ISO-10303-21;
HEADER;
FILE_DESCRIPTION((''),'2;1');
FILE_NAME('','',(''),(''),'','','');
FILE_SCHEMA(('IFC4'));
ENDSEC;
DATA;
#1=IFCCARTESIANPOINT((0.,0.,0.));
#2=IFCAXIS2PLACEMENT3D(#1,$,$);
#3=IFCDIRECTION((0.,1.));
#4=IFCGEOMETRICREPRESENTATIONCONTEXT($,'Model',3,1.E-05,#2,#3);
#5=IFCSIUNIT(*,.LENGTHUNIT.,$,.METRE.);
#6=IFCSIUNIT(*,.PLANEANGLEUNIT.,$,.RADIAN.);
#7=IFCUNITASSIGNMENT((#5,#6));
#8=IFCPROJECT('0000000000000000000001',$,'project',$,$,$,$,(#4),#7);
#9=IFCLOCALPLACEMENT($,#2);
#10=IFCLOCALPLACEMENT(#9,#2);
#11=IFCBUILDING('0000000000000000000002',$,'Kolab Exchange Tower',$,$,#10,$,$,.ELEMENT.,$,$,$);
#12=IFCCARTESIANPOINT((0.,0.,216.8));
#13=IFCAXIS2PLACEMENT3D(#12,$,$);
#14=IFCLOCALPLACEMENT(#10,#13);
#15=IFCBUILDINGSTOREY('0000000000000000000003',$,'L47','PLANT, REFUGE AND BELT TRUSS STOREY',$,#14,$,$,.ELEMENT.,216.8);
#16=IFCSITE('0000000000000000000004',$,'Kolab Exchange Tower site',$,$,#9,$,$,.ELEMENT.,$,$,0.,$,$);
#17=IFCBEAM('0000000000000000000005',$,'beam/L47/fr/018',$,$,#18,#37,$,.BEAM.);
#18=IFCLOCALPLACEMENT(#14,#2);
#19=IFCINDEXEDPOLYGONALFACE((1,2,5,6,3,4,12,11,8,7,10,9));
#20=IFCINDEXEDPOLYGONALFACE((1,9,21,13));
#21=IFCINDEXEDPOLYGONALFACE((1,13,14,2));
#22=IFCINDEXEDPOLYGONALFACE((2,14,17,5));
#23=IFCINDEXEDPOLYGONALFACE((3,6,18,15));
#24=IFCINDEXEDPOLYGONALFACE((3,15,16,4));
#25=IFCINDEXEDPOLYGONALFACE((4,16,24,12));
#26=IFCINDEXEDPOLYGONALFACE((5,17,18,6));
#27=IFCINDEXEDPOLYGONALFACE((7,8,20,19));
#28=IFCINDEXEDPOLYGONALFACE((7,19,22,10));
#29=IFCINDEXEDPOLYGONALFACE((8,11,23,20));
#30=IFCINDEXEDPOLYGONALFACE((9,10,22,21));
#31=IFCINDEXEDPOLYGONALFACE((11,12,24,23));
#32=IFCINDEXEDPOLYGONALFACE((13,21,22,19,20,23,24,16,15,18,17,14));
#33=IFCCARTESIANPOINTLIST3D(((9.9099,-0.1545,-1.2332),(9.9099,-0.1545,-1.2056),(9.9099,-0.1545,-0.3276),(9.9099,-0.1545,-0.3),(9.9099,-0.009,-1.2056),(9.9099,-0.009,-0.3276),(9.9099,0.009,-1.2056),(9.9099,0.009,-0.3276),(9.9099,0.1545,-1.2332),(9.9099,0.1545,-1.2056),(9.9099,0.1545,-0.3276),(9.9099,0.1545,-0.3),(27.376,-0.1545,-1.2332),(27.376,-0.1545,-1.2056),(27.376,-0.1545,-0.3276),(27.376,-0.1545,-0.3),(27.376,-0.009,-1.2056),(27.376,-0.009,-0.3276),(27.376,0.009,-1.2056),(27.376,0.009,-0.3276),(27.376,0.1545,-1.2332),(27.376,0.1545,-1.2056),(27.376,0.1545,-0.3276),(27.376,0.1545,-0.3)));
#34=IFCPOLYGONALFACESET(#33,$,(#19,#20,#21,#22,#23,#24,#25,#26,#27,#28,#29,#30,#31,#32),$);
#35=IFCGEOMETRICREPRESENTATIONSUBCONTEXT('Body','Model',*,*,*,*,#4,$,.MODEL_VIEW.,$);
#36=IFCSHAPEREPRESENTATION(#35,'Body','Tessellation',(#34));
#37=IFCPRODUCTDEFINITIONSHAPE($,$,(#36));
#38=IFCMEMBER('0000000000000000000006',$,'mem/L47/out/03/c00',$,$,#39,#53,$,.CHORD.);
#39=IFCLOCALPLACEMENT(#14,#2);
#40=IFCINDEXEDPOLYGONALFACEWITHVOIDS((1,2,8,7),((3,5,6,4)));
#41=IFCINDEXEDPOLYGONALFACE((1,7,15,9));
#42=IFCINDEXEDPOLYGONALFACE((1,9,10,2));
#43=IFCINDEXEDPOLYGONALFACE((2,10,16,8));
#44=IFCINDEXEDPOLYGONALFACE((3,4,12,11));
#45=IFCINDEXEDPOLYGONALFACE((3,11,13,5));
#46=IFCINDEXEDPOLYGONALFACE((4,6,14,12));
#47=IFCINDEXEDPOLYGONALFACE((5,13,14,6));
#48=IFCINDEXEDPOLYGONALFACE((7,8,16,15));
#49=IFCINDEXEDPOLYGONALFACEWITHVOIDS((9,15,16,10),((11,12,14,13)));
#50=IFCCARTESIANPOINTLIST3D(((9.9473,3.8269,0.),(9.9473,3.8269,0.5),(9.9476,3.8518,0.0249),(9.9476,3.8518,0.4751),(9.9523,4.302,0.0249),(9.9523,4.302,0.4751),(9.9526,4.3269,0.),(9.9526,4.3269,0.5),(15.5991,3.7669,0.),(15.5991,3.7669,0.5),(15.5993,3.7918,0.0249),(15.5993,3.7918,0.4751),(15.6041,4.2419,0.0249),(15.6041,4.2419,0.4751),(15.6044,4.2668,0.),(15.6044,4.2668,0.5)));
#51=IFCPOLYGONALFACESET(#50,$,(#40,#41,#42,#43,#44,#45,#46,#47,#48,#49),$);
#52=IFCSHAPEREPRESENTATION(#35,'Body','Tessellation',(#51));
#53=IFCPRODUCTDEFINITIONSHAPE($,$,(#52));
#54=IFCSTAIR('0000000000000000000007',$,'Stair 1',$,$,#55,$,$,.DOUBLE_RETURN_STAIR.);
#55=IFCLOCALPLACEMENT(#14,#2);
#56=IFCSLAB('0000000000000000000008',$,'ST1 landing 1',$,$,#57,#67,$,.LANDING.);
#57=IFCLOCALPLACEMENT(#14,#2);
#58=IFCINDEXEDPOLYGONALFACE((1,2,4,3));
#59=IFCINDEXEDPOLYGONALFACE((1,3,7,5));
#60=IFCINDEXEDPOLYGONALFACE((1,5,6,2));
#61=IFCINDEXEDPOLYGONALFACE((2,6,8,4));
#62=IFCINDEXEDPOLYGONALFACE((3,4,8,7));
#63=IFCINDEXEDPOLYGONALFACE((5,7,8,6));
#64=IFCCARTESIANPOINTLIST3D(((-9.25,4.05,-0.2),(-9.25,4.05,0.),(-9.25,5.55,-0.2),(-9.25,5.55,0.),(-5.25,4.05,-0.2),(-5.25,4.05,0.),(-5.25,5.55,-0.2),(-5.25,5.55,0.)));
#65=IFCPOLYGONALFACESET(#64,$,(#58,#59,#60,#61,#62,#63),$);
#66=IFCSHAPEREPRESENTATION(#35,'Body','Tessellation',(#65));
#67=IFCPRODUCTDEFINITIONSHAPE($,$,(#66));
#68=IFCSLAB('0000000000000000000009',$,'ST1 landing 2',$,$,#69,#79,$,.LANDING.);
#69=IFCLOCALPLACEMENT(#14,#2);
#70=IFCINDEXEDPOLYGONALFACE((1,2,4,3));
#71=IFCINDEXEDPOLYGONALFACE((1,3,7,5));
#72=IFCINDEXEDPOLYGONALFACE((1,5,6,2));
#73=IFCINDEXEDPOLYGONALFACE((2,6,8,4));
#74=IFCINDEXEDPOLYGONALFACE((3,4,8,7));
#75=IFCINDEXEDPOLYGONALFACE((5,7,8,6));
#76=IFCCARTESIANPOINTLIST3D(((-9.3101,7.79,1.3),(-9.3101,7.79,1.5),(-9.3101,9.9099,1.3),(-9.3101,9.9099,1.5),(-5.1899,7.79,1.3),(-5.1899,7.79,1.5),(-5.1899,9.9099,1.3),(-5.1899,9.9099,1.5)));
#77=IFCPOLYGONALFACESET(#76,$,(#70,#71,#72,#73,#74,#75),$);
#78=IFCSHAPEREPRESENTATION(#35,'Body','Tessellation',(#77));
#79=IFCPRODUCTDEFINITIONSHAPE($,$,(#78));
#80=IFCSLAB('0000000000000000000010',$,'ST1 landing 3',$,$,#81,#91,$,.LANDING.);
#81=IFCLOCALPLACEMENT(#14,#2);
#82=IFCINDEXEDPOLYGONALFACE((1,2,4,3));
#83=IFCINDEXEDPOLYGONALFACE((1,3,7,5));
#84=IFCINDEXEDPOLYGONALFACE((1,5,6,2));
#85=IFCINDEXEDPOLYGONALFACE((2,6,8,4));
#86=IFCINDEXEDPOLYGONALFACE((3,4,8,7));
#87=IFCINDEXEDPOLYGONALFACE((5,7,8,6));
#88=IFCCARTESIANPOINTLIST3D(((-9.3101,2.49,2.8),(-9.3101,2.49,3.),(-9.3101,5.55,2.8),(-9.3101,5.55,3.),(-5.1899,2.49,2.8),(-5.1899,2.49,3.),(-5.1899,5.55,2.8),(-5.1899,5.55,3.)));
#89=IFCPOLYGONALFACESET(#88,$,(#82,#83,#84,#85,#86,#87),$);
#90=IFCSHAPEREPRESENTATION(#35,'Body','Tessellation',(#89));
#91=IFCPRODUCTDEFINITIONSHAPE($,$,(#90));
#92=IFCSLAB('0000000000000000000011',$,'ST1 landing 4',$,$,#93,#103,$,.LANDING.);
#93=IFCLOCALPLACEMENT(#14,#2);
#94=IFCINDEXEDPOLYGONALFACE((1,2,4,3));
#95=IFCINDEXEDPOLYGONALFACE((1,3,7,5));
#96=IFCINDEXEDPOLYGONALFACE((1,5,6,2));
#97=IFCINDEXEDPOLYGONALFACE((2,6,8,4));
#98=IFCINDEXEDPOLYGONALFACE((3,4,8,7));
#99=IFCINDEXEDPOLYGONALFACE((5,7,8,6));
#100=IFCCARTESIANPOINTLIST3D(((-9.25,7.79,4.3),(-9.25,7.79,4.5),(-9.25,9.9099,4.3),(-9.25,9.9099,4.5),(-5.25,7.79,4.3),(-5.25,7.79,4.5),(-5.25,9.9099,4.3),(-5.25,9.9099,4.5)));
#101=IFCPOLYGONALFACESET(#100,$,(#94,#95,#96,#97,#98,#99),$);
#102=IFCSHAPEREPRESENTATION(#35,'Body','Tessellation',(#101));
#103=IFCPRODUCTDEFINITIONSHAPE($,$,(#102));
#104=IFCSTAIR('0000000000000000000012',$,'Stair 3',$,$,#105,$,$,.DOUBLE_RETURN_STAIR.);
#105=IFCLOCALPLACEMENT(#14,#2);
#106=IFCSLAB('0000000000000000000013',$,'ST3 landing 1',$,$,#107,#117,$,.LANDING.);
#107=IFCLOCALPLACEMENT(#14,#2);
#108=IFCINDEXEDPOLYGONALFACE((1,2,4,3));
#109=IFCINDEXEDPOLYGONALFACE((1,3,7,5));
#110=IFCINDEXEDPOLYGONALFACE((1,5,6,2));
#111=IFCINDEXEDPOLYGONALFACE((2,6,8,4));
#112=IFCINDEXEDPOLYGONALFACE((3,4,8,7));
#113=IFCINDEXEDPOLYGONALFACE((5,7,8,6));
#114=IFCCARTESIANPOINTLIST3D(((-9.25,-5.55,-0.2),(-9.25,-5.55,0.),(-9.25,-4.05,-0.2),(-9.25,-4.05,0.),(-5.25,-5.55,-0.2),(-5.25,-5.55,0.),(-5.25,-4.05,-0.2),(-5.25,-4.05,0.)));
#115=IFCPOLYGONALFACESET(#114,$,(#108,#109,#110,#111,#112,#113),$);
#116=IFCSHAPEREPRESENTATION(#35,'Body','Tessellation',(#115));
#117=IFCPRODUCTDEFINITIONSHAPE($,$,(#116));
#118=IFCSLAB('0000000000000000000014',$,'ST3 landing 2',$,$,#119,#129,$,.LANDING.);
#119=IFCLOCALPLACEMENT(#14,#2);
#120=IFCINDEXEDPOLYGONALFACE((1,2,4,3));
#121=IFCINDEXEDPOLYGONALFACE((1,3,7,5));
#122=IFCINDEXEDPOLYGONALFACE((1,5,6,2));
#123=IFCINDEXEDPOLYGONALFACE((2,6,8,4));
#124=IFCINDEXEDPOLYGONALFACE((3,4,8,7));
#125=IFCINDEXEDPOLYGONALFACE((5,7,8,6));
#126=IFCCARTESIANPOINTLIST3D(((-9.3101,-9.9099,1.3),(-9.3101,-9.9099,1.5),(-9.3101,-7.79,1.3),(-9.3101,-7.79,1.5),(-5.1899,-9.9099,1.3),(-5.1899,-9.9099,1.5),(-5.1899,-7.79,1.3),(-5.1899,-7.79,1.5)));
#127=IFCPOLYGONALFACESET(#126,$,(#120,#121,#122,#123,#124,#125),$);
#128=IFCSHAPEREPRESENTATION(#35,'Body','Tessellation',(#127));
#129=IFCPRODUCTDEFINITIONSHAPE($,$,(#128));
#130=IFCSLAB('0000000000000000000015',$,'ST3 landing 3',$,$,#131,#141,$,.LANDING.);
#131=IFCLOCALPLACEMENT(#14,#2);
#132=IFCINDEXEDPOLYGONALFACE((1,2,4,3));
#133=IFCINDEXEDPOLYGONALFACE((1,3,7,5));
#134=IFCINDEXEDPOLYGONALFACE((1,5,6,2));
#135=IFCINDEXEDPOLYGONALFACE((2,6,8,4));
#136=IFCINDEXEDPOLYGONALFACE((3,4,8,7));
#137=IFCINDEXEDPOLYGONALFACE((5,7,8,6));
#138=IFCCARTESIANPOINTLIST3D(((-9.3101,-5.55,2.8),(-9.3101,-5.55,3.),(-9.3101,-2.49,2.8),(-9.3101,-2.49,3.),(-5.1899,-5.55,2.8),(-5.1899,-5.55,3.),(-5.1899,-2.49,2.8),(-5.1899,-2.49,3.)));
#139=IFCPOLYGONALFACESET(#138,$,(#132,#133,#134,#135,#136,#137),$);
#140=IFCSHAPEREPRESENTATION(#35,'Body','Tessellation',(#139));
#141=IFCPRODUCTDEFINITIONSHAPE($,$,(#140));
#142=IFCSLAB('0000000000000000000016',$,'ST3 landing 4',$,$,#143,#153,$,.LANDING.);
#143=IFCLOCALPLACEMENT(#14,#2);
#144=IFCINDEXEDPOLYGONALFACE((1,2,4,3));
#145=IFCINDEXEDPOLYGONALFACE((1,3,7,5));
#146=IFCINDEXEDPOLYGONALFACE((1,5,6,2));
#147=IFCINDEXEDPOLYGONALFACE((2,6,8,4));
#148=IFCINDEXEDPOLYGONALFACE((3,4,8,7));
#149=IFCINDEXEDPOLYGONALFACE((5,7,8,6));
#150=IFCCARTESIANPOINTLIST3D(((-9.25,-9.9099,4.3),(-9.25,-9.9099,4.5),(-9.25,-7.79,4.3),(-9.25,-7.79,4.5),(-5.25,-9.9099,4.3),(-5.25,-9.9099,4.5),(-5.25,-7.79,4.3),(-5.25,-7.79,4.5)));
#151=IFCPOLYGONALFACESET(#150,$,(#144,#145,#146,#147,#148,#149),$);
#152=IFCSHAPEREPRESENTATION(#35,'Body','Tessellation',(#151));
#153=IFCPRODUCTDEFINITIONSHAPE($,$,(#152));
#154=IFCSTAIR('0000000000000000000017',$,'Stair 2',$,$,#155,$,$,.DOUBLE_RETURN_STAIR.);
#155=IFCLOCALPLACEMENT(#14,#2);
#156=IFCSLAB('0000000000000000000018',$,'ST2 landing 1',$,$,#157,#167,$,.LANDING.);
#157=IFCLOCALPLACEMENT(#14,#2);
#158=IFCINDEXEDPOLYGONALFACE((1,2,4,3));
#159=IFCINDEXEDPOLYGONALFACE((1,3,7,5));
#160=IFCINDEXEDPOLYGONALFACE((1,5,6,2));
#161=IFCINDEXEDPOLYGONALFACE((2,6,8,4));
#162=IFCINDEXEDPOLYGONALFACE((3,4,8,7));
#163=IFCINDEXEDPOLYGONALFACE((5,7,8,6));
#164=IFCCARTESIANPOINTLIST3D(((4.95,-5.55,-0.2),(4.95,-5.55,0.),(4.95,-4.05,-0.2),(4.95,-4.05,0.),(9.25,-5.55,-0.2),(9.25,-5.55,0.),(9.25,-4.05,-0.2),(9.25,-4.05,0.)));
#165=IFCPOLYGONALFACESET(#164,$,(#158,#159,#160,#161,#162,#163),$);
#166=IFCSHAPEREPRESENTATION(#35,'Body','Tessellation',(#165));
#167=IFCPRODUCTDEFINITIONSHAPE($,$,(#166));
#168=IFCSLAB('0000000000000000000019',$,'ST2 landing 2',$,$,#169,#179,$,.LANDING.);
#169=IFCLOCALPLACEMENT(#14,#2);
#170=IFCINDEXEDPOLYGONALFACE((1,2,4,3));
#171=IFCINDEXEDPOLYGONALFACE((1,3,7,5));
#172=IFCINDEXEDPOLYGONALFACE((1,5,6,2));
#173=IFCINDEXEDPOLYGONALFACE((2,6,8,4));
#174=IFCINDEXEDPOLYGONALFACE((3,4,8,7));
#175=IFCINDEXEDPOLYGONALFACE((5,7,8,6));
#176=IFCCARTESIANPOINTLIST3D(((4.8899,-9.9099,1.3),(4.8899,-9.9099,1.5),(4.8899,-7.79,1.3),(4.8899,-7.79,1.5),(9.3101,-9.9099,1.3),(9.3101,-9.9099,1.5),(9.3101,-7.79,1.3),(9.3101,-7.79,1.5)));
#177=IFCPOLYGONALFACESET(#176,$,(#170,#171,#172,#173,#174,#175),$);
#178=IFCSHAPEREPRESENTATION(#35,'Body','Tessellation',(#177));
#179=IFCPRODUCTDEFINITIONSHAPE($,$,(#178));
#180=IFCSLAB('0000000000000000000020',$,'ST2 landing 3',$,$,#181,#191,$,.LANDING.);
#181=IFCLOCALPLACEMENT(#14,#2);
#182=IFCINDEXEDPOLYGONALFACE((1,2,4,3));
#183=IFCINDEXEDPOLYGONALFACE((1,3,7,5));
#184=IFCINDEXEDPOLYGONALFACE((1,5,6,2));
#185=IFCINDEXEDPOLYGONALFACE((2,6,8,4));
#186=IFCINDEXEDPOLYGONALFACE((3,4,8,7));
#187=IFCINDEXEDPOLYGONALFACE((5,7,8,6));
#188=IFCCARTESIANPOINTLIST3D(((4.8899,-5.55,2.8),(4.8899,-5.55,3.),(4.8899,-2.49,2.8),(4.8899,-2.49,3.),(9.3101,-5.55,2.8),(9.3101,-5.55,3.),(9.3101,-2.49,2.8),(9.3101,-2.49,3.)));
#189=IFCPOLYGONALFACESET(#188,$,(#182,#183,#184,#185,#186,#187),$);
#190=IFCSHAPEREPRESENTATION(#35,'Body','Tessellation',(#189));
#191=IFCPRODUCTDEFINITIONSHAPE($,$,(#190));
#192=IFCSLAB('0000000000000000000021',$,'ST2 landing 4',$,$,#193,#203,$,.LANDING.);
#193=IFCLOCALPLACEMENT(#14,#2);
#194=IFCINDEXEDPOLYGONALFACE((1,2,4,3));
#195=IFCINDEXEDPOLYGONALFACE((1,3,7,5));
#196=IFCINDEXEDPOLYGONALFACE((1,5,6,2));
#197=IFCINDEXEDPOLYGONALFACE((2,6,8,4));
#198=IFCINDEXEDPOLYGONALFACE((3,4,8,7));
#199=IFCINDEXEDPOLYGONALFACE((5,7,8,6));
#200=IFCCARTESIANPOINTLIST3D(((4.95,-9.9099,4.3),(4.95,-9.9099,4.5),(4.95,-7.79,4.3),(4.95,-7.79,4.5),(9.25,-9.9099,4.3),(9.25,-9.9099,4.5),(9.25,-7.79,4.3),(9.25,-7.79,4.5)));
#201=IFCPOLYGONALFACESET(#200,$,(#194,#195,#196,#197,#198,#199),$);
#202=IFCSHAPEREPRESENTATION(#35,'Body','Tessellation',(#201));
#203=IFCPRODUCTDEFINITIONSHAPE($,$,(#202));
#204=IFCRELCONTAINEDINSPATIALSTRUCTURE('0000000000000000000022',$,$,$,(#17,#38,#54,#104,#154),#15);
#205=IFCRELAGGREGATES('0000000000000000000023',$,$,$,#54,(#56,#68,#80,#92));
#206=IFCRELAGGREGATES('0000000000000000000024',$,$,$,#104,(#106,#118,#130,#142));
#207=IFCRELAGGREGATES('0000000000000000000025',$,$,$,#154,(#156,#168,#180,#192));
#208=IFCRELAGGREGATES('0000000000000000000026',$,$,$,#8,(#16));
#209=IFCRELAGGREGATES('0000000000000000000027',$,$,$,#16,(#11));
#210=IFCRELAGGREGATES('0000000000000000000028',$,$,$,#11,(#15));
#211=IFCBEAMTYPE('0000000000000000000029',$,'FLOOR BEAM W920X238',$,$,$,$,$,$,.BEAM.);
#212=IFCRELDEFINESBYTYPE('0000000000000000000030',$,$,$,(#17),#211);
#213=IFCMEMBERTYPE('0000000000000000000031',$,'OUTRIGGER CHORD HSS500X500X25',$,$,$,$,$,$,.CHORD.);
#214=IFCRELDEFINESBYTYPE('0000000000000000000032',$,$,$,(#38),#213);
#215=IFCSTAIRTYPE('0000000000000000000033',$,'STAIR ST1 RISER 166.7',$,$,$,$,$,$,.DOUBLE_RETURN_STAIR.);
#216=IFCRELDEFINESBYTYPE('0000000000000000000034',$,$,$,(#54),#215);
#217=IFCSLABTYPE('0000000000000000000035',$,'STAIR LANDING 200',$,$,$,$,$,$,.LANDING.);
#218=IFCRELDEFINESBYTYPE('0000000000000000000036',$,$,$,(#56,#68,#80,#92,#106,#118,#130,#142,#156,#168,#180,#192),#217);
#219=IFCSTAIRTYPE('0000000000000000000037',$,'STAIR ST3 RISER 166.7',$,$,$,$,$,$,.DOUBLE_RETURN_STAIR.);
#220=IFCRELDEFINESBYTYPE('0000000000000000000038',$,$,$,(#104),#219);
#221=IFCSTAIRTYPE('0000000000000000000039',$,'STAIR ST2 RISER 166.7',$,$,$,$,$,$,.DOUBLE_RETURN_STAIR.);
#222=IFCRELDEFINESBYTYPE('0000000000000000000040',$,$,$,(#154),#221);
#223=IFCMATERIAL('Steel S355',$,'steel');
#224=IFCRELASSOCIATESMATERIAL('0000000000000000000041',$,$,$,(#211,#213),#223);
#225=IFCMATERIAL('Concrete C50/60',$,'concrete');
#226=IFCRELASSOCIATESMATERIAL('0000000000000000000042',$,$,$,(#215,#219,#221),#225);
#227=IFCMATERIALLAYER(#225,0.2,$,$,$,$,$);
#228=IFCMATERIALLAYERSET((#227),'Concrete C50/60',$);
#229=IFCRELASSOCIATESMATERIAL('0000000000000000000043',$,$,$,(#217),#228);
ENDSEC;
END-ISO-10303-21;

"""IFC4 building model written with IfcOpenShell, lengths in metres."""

from ifc_helpers import new_model, si_unit, direction, frame, origin, origin_2d, place, context, subcontext, project, spatial, polyline, hollow_rectangle, i_section, outline, extrude, material, layer, layer_set, material_profile, profile_set, type_object, element, aggregate, save


model = new_model("IFC4")

# Units and contexts
model_context = context("Model", 3, precision=1e-05, world=origin(), true_north=direction((0.0, 1.0)))
body_context = subcontext(model_context, "Body", "Model", "MODEL_VIEW")
ifc_project = project(units=[si_unit("LENGTHUNIT", "METRE"), si_unit("PLANEANGLEUNIT", "RADIAN")], contexts=[model_context])

# Site, building, storey
site_placement = place(None, origin())
site = spatial("IfcSite", under=ifc_project, at=site_placement, Name="Kolab Exchange Tower site", CompositionType="ELEMENT", RefElevation=0.0)
building_placement = place(site_placement, origin())
building = spatial("IfcBuilding", under=site, at=building_placement, Name="Kolab Exchange Tower", CompositionType="ELEMENT")
storey_placement = place(building_placement, frame((0.0, 0.0, 216.8)))
storey = spatial("IfcBuildingStorey", under=building, at=storey_placement, Name="L47", Description="PLANT, REFUGE AND BELT TRUSS STOREY", CompositionType="ELEMENT", Elevation=216.8)

# Beam
ifc_material_1 = material(Name="Steel S355", Category="steel")
ifc_material_profile_1 = material_profile(ifc_material_1, i_section(OverallWidth=0.3091, OverallDepth=0.9331, WebThickness=0.0181, FlangeThickness=0.0276, at=origin_2d()), Name="W920X238")
ifc_profile_set_1 = profile_set([ifc_material_profile_1], Name="Steel S355")
beam_type = type_object("IfcBeamType", Name="FLOOR BEAM W920X238", PredefinedType="BEAM", material=ifc_profile_set_1)
beam_placement = place(storey_placement, frame((9.9099, 0.0, -0.7666), z_axis=(1.0, 0.0, 0.0), x_axis=(0.0, 1.0, 0.0)))
element("IfcBeam", 1, at=beam_placement, inside=storey, type_object=beam_type, Name="beam/L47/fr/018", PredefinedType="BEAM", context=body_context, shape_type="SweptSolid", body=[
    extrude(i_section(OverallWidth=0.3091, OverallDepth=0.9331, WebThickness=0.0181, FlangeThickness=0.0276, at=origin_2d()), origin(), (0.0, 0.0, 1.0), 17.4661),
])

# Member
ifc_material_profile_2 = material_profile(ifc_material_1, hollow_rectangle(XDim=0.5, YDim=0.5, WallThickness=0.0249, at=origin_2d()), Name="HSS500X500X25")
ifc_profile_set_2 = profile_set([ifc_material_profile_2], Name="Steel S355")
member_type = type_object("IfcMemberType", Name="OUTRIGGER CHORD HSS500X500X25", PredefinedType="CHORD", material=ifc_profile_set_2)
member_placement = place(storey_placement, frame((9.95, 4.0769, 0.25), z_axis=(0.999944, -0.010626, 0.0), x_axis=(0.010626, 0.999944, 0.0)))
element("IfcMember", 2, at=member_placement, inside=storey, type_object=member_type, Name="mem/L47/out/03/c00", PredefinedType="CHORD", context=body_context, shape_type="SweptSolid", body=[
    extrude(hollow_rectangle(XDim=0.5, YDim=0.5, WallThickness=0.0249, at=origin_2d()), origin(), (0.0, 0.0, 1.0), 5.6521),
])

# Stairs, slabs
ifc_material_2 = material(Name="Concrete C50/60", Category="concrete")
stair_type_1 = type_object("IfcStairType", Name="STAIR ST1 RISER 166.7", PredefinedType="DOUBLE_RETURN_STAIR", material=ifc_material_2)
stair_1_placement = place(storey_placement, origin())
stair_1 = element("IfcStair", 3, at=stair_1_placement, inside=storey, type_object=stair_type_1, Name="Stair 1", PredefinedType="DOUBLE_RETURN_STAIR")
ifc_layer_1 = layer(ifc_material_2, 0.2)
ifc_layer_set_1 = layer_set([ifc_layer_1], Name="Concrete C50/60")
slab_type = type_object("IfcSlabType", Name="STAIR LANDING 200", PredefinedType="LANDING", material=ifc_layer_set_1)
slab_1_placement = place(storey_placement, frame((0.0, 0.0, -0.2)))
slab_1 = element("IfcSlab", 4, at=slab_1_placement, type_object=slab_type, Name="ST1 landing 1", PredefinedType="LANDING", context=body_context, shape_type="SweptSolid", body=[
    extrude(outline(polyline([(-9.25, 4.05), (-5.25, 4.05), (-5.25, 5.55), (-9.25, 5.55), (-9.25, 4.05)])), origin(), (0.0, 0.0, 1.0), 0.2),
])
slab_2_placement = place(storey_placement, frame((0.0, 0.0, 1.3)))
slab_2 = element("IfcSlab", 5, at=slab_2_placement, type_object=slab_type, Name="ST1 landing 2", PredefinedType="LANDING", context=body_context, shape_type="SweptSolid", body=[
    extrude(outline(polyline([(-9.3101, 7.79), (-5.1899, 7.79), (-5.1899, 9.9099), (-9.3101, 9.9099), (-9.3101, 7.79)])), origin(), (0.0, 0.0, 1.0), 0.2),
])
slab_3_placement = place(storey_placement, frame((0.0, 0.0, 2.8)))
slab_3 = element("IfcSlab", 6, at=slab_3_placement, type_object=slab_type, Name="ST1 landing 3", PredefinedType="LANDING", context=body_context, shape_type="SweptSolid", body=[
    extrude(outline(polyline([(-9.3101, 2.49), (-5.1899, 2.49), (-5.1899, 5.55), (-9.3101, 5.55), (-9.3101, 2.49)])), origin(), (0.0, 0.0, 1.0), 0.2),
])
slab_4_placement = place(storey_placement, frame((0.0, 0.0, 4.3)))
slab_4 = element("IfcSlab", 7, at=slab_4_placement, type_object=slab_type, Name="ST1 landing 4", PredefinedType="LANDING", context=body_context, shape_type="SweptSolid", body=[
    extrude(outline(polyline([(-9.25, 7.79), (-5.25, 7.79), (-5.25, 9.9099), (-9.25, 9.9099), (-9.25, 7.79)])), origin(), (0.0, 0.0, 1.0), 0.2),
])
aggregate(stair_1, [slab_1, slab_2, slab_3, slab_4])
stair_type_2 = type_object("IfcStairType", Name="STAIR ST3 RISER 166.7", PredefinedType="DOUBLE_RETURN_STAIR", material=ifc_material_2)
stair_2_placement = place(storey_placement, origin())
stair_2 = element("IfcStair", 8, at=stair_2_placement, inside=storey, type_object=stair_type_2, Name="Stair 3", PredefinedType="DOUBLE_RETURN_STAIR")
slab_5_placement = place(storey_placement, frame((0.0, 0.0, -0.2)))
slab_5 = element("IfcSlab", 9, at=slab_5_placement, type_object=slab_type, Name="ST3 landing 1", PredefinedType="LANDING", context=body_context, shape_type="SweptSolid", body=[
    extrude(outline(polyline([(-9.25, -5.55), (-5.25, -5.55), (-5.25, -4.05), (-9.25, -4.05), (-9.25, -5.55)])), origin(), (0.0, 0.0, 1.0), 0.2),
])
slab_6_placement = place(storey_placement, frame((0.0, 0.0, 1.3)))
slab_6 = element("IfcSlab", 10, at=slab_6_placement, type_object=slab_type, Name="ST3 landing 2", PredefinedType="LANDING", context=body_context, shape_type="SweptSolid", body=[
    extrude(outline(polyline([(-9.3101, -9.9099), (-5.1899, -9.9099), (-5.1899, -7.79), (-9.3101, -7.79), (-9.3101, -9.9099)])), origin(), (0.0, 0.0, 1.0), 0.2),
])
slab_7_placement = place(storey_placement, frame((0.0, 0.0, 2.8)))
slab_7 = element("IfcSlab", 11, at=slab_7_placement, type_object=slab_type, Name="ST3 landing 3", PredefinedType="LANDING", context=body_context, shape_type="SweptSolid", body=[
    extrude(outline(polyline([(-9.3101, -5.55), (-5.1899, -5.55), (-5.1899, -2.49), (-9.3101, -2.49), (-9.3101, -5.55)])), origin(), (0.0, 0.0, 1.0), 0.2),
])
slab_8_placement = place(storey_placement, frame((0.0, 0.0, 4.3)))
slab_8 = element("IfcSlab", 12, at=slab_8_placement, type_object=slab_type, Name="ST3 landing 4", PredefinedType="LANDING", context=body_context, shape_type="SweptSolid", body=[
    extrude(outline(polyline([(-9.25, -9.9099), (-5.25, -9.9099), (-5.25, -7.79), (-9.25, -7.79), (-9.25, -9.9099)])), origin(), (0.0, 0.0, 1.0), 0.2),
])
aggregate(stair_2, [slab_5, slab_6, slab_7, slab_8])
stair_type_3 = type_object("IfcStairType", Name="STAIR ST2 RISER 166.7", PredefinedType="DOUBLE_RETURN_STAIR", material=ifc_material_2)
stair_3_placement = place(storey_placement, origin())
stair_3 = element("IfcStair", 13, at=stair_3_placement, inside=storey, type_object=stair_type_3, Name="Stair 2", PredefinedType="DOUBLE_RETURN_STAIR")
slab_9_placement = place(storey_placement, frame((0.0, 0.0, -0.2)))
slab_9 = element("IfcSlab", 14, at=slab_9_placement, type_object=slab_type, Name="ST2 landing 1", PredefinedType="LANDING", context=body_context, shape_type="SweptSolid", body=[
    extrude(outline(polyline([(4.95, -5.55), (9.25, -5.55), (9.25, -4.05), (4.95, -4.05), (4.95, -5.55)])), origin(), (0.0, 0.0, 1.0), 0.2),
])
slab_10_placement = place(storey_placement, frame((0.0, 0.0, 1.3)))
slab_10 = element("IfcSlab", 15, at=slab_10_placement, type_object=slab_type, Name="ST2 landing 2", PredefinedType="LANDING", context=body_context, shape_type="SweptSolid", body=[
    extrude(outline(polyline([(4.8899, -9.9099), (9.3101, -9.9099), (9.3101, -7.79), (4.8899, -7.79), (4.8899, -9.9099)])), origin(), (0.0, 0.0, 1.0), 0.2),
])
slab_11_placement = place(storey_placement, frame((0.0, 0.0, 2.8)))
slab_11 = element("IfcSlab", 16, at=slab_11_placement, type_object=slab_type, Name="ST2 landing 3", PredefinedType="LANDING", context=body_context, shape_type="SweptSolid", body=[
    extrude(outline(polyline([(4.8899, -5.55), (9.3101, -5.55), (9.3101, -2.49), (4.8899, -2.49), (4.8899, -5.55)])), origin(), (0.0, 0.0, 1.0), 0.2),
])
slab_12_placement = place(storey_placement, frame((0.0, 0.0, 4.3)))
slab_12 = element("IfcSlab", 17, at=slab_12_placement, type_object=slab_type, Name="ST2 landing 4", PredefinedType="LANDING", context=body_context, shape_type="SweptSolid", body=[
    extrude(outline(polyline([(4.95, -9.9099), (9.25, -9.9099), (9.25, -7.79), (4.95, -7.79), (4.95, -9.9099)])), origin(), (0.0, 0.0, 1.0), 0.2),
])
aggregate(stair_3, [slab_9, slab_10, slab_11, slab_12])

save(model, "model.ifc")
